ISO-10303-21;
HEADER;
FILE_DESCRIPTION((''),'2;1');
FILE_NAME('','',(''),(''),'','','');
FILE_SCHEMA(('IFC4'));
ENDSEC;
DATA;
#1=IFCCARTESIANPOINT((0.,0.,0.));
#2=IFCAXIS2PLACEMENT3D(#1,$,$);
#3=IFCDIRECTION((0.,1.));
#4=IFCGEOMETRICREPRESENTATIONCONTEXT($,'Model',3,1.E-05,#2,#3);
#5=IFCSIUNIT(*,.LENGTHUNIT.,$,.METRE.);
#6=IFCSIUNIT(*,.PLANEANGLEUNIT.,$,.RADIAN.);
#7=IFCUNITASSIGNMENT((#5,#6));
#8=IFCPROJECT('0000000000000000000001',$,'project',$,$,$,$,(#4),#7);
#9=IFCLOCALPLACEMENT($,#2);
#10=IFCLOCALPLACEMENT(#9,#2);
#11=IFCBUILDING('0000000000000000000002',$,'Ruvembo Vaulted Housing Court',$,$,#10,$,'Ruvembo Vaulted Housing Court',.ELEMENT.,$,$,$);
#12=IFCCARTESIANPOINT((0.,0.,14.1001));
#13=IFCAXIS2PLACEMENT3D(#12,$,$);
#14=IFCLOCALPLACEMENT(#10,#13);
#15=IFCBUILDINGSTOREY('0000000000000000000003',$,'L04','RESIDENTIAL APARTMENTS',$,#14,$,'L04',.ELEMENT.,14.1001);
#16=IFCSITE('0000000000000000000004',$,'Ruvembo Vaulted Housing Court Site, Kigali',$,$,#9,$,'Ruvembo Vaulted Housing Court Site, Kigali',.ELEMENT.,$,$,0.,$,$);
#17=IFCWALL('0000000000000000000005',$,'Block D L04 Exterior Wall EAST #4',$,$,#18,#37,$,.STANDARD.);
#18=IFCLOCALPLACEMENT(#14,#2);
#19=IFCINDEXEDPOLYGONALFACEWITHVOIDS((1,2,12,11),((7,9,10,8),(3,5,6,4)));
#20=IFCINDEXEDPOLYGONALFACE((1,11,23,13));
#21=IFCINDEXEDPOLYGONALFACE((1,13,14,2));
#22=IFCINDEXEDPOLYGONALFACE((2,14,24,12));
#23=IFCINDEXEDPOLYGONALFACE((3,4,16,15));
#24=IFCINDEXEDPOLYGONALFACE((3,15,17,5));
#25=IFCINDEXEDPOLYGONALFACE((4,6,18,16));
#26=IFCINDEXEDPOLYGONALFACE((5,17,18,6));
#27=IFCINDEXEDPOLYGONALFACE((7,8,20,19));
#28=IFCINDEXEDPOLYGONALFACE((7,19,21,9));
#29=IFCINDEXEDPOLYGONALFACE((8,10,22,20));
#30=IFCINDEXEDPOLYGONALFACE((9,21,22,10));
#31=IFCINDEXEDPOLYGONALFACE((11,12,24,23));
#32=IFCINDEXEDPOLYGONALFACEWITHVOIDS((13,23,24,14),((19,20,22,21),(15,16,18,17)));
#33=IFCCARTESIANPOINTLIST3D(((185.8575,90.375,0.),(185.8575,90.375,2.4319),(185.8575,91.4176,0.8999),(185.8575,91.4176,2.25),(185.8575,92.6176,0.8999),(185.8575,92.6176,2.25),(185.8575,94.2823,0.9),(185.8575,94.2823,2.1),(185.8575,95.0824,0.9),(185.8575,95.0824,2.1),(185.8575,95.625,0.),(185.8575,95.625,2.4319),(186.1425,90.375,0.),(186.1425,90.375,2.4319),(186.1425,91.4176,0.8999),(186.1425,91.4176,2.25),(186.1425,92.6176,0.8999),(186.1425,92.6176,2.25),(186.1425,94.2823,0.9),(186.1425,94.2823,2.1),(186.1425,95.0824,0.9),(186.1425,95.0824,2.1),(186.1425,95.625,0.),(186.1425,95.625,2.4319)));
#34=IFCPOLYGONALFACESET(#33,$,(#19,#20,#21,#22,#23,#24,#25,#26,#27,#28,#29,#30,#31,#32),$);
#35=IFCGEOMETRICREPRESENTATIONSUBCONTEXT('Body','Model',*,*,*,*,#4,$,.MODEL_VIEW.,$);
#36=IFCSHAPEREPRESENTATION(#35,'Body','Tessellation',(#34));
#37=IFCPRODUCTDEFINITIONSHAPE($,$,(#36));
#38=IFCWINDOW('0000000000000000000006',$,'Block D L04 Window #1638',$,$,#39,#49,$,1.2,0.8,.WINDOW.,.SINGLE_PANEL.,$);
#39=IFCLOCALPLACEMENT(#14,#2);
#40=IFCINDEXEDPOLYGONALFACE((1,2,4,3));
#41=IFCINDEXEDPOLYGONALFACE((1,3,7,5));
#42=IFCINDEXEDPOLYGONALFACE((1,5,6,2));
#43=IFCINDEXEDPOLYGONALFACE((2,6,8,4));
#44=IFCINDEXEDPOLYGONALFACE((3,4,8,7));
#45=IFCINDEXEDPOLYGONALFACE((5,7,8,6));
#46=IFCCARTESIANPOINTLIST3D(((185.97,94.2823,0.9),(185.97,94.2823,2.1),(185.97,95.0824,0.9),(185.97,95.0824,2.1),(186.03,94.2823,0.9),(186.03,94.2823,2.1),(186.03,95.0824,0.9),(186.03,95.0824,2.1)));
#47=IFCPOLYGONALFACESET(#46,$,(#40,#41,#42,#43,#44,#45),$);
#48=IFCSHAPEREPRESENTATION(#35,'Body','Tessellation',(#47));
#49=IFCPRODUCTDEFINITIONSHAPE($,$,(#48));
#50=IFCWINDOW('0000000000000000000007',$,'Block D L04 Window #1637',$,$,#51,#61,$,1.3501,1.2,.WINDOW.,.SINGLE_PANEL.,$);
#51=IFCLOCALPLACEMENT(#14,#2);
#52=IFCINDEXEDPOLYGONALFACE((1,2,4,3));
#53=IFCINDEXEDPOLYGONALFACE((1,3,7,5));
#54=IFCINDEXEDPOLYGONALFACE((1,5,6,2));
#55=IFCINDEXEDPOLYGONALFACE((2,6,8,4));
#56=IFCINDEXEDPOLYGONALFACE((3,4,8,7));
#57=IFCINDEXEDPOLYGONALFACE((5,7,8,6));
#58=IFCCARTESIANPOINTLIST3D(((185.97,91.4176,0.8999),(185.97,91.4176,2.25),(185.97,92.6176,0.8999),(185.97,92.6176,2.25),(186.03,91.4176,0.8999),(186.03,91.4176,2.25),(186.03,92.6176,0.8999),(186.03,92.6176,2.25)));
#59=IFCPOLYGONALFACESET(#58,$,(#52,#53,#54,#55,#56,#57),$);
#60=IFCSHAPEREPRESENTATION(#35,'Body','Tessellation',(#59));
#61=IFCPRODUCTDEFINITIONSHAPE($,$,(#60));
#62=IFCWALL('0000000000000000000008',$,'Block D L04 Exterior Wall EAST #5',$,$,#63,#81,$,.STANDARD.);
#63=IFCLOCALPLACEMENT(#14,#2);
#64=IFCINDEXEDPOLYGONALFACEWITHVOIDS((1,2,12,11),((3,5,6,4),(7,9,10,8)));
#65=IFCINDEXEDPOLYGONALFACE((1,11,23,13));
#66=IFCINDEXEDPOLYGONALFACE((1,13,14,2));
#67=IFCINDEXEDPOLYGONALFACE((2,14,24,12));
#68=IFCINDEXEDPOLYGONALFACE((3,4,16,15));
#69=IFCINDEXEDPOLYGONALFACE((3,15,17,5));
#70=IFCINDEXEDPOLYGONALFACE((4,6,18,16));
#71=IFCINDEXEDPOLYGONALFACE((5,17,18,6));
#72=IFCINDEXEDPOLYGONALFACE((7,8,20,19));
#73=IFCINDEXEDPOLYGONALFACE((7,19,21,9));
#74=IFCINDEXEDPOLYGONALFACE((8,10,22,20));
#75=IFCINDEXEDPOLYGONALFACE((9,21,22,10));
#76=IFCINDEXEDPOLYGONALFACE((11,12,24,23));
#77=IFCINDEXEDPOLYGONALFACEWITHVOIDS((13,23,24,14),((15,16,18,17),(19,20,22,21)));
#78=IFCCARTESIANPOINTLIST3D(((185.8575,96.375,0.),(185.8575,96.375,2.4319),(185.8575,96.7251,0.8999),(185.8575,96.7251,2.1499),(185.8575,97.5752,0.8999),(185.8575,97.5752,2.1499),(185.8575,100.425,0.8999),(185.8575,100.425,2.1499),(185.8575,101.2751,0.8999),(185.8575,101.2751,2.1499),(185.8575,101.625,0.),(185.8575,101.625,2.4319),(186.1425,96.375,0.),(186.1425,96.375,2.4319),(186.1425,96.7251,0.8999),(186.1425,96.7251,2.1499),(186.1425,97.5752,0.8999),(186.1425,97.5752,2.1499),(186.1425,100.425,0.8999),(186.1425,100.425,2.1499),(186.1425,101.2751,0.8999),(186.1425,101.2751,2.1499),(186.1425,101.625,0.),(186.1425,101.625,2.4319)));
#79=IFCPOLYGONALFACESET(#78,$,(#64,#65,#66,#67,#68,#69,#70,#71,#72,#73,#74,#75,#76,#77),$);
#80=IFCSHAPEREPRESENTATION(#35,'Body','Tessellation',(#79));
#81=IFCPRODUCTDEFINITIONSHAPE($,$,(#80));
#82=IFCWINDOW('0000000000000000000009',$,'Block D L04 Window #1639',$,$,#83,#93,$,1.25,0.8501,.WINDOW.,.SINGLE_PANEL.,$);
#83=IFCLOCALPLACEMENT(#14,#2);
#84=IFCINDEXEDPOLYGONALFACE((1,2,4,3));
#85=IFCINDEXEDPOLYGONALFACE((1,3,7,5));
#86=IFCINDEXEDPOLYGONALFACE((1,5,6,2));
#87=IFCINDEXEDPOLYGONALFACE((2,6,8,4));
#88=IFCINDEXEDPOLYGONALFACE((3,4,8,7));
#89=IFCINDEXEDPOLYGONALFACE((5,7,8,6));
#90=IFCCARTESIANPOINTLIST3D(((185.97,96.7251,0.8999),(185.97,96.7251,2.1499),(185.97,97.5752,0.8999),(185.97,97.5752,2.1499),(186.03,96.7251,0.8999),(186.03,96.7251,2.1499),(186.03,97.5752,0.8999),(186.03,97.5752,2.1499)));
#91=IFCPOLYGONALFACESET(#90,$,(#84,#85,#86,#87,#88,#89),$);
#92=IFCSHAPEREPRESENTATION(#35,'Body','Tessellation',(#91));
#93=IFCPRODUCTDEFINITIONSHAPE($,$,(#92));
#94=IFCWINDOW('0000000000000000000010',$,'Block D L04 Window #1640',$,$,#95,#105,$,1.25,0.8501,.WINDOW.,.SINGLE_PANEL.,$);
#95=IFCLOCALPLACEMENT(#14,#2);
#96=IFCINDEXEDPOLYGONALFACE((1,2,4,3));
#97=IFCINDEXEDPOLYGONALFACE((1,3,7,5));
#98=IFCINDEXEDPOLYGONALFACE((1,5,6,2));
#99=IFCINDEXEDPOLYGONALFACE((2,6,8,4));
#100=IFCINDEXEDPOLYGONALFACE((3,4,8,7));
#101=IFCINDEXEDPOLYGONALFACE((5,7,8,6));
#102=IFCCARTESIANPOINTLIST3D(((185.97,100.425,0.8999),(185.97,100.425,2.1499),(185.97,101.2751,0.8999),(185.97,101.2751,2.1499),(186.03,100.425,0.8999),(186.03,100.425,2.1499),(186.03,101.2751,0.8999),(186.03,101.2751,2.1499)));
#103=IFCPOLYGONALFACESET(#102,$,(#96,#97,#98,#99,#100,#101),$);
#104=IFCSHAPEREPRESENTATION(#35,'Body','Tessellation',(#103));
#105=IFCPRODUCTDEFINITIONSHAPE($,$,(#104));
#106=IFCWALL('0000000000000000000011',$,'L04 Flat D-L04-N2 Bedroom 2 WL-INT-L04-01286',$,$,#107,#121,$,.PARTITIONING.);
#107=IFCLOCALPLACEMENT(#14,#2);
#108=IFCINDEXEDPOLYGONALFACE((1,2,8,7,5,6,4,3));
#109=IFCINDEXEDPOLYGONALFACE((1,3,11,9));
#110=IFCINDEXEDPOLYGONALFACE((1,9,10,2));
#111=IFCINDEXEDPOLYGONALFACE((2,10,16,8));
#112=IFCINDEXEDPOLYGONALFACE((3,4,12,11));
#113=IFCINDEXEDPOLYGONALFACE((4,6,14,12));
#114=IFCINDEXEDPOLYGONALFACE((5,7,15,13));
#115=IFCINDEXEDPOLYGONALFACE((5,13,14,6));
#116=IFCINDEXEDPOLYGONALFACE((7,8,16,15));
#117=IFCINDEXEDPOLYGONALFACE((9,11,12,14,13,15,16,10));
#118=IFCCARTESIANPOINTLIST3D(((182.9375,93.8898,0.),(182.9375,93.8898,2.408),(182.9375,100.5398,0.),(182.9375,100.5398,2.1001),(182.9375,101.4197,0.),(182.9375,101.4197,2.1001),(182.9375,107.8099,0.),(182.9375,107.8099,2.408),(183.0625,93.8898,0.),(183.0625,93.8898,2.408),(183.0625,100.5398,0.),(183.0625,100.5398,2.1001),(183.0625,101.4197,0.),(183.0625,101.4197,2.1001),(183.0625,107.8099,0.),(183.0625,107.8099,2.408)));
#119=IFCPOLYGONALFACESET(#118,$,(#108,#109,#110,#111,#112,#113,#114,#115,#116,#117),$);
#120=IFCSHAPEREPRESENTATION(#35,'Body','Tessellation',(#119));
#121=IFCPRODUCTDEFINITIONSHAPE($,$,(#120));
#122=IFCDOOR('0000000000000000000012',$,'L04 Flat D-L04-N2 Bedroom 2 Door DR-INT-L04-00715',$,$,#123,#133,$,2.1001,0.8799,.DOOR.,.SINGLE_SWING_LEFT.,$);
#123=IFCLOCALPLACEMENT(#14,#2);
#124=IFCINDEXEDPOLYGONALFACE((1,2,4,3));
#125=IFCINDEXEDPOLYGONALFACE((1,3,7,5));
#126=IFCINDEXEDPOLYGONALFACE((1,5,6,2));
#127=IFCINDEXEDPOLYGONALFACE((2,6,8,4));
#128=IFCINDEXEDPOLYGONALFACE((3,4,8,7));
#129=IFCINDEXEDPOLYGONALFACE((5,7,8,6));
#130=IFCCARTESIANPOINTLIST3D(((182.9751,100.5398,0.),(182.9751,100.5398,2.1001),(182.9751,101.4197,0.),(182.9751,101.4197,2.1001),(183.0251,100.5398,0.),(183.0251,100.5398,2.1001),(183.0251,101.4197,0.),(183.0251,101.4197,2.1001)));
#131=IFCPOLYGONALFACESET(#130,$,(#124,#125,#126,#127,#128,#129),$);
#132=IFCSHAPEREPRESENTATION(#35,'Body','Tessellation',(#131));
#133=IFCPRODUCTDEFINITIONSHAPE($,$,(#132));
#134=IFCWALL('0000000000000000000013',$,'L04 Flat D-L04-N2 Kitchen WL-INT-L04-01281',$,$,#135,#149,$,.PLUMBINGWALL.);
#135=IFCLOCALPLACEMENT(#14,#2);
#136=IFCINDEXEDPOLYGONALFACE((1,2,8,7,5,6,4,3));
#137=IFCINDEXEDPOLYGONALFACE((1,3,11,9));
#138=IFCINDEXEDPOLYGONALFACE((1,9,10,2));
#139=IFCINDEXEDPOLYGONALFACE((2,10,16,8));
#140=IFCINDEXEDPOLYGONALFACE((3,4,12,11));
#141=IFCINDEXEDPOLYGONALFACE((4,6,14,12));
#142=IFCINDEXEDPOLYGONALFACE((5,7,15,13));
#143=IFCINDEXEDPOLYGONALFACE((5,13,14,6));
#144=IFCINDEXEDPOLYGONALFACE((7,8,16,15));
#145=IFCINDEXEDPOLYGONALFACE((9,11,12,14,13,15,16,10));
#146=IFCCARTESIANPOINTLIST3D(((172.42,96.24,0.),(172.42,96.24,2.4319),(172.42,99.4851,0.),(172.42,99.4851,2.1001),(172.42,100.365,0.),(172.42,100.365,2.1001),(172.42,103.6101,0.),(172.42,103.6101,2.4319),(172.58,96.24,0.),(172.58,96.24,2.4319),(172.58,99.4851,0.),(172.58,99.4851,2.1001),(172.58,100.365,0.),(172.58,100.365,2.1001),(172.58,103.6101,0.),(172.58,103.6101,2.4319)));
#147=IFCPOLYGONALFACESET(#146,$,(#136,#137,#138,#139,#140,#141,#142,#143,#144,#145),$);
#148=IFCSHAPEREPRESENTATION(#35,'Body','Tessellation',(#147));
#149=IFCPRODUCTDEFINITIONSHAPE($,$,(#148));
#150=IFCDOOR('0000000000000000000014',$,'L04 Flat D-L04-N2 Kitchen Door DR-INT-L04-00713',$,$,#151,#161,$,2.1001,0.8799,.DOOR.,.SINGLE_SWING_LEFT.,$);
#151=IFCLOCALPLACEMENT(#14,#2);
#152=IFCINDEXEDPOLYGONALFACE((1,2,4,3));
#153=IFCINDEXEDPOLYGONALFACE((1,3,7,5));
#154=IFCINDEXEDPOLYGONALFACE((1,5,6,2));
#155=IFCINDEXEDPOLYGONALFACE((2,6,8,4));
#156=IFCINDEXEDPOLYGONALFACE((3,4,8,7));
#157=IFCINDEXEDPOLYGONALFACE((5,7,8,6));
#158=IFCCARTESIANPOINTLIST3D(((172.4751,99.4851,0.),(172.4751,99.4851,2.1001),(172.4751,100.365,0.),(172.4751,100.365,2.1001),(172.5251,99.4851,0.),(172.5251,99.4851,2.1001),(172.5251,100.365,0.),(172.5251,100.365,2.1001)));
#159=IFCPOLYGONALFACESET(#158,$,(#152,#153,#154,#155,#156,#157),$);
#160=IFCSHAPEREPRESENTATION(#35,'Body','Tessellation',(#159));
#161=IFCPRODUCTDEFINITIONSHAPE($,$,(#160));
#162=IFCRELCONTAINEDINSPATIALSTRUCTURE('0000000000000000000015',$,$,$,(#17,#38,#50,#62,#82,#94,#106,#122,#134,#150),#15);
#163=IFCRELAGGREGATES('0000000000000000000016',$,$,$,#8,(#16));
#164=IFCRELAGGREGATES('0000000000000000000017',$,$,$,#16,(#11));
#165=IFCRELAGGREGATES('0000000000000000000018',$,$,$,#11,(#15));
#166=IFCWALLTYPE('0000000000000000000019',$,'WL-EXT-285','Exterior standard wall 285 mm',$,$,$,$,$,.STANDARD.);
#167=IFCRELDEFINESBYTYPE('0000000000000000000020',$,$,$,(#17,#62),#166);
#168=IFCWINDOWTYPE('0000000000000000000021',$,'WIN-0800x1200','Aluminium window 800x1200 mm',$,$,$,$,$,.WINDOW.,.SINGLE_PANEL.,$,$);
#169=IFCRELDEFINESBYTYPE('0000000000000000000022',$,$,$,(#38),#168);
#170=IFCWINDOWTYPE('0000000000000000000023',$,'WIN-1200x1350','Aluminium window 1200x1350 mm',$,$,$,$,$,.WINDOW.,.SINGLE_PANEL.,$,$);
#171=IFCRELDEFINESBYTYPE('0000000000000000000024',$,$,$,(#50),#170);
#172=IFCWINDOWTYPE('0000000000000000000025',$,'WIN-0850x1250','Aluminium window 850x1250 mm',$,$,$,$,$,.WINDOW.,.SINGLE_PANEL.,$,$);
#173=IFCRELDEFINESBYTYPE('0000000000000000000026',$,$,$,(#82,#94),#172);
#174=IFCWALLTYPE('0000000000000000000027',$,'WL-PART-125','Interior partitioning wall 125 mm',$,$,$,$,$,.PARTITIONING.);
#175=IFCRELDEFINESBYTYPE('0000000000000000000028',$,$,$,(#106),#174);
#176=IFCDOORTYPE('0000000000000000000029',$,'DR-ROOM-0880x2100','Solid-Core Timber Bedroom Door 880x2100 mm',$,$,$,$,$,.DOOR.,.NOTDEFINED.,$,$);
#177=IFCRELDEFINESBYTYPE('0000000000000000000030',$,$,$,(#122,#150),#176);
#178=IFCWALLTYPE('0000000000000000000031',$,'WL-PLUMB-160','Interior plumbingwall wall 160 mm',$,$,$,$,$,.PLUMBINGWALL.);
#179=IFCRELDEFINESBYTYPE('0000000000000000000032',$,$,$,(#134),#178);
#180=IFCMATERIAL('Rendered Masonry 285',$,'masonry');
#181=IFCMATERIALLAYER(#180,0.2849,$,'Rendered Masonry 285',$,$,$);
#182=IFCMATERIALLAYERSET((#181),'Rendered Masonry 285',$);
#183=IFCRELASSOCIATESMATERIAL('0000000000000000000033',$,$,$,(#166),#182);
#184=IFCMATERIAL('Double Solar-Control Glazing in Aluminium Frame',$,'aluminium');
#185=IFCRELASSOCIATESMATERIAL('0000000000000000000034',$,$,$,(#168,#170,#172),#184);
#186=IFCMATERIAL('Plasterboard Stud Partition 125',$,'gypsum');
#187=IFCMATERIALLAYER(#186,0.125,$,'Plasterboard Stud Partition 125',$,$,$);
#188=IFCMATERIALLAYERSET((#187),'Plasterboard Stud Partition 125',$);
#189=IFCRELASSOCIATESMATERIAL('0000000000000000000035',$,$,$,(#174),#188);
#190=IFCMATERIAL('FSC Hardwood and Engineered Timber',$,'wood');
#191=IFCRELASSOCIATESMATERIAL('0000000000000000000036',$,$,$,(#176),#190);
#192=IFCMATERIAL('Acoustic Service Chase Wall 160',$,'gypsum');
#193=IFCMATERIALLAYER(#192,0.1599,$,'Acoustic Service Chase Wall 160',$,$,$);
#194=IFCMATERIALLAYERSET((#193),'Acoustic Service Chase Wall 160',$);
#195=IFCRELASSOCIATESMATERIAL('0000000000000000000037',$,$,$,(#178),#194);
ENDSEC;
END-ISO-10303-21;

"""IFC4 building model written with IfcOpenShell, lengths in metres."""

from ifc_helpers import new_model, si_unit, direction, frame, frame_2d, origin, place, context, subcontext, project, spatial, rectangle, extrude, material, layer, layer_set, type_object, element, fill, save


model = new_model("IFC4")

# Units and contexts
model_context = context("Model", 3, precision=1e-05, world=origin(), true_north=direction((0.0, 1.0)))
body_context = subcontext(model_context, "Body", "Model", "MODEL_VIEW")
ifc_project = project(units=[si_unit("LENGTHUNIT", "METRE"), si_unit("PLANEANGLEUNIT", "RADIAN")], contexts=[model_context])

# Site, building, storey
site_placement = place(None, origin())
site = spatial("IfcSite", under=ifc_project, at=site_placement, Name="Ruvembo Vaulted Housing Court Site, Kigali", LongName="Ruvembo Vaulted Housing Court Site, Kigali", CompositionType="ELEMENT", RefElevation=0.0)
building_placement = place(site_placement, origin())
building = spatial("IfcBuilding", under=site, at=building_placement, Name="Ruvembo Vaulted Housing Court", LongName="Ruvembo Vaulted Housing Court", CompositionType="ELEMENT")
storey_placement = place(building_placement, frame((0.0, 0.0, 14.1001)))
storey = spatial("IfcBuildingStorey", under=building, at=storey_placement, Name="L04", Description="RESIDENTIAL APARTMENTS", LongName="L04", CompositionType="ELEMENT", Elevation=14.1001)

# Shared definitions
ifc_material_1 = material(Name="FSC Hardwood and Engineered Timber", Category="wood")

# Walls, openings, windows
ifc_material_2 = material(Name="Rendered Masonry 285", Category="masonry")
ifc_layer_1 = layer(ifc_material_2, 0.2849, Name="Rendered Masonry 285")
ifc_layer_set_1 = layer_set([ifc_layer_1], Name="Rendered Masonry 285")
wall_type_1 = type_object("IfcWallType", Name="WL-EXT-285", Description="Exterior standard wall 285 mm", PredefinedType="STANDARD", material=ifc_layer_set_1)
wall_1_placement = place(storey_placement, frame((186.0, 90.375, 0.0), z_axis=(0.0, 0.0, 1.0), x_axis=(0.0, 1.0, 0.0)))
wall_1 = element("IfcWall", 1, at=wall_1_placement, inside=storey, type_object=wall_type_1, Name="Block D L04 Exterior Wall EAST #4", PredefinedType="STANDARD", context=body_context, shape_type="SweptSolid", body=[
    extrude(rectangle(XDim=5.25, YDim=0.2849, at=frame_2d((2.625, 0.0))), origin(), (0.0, 0.0, 1.0), 2.4319),
])
opening_1_placement = place(wall_1_placement, frame((1.0425, 0.0, 0.8999)))
opening_1 = element("IfcOpeningElement", 2, at=opening_1_placement, cuts=wall_1, PredefinedType="OPENING", context=body_context, shape_type="SweptSolid", body=[
    extrude(rectangle(XDim=1.2, YDim=1.3501, at=frame_2d((0.6001, 0.675))), frame((0.0, 0.1523, 0.0), z_axis=(0.0, -1.0, 0.0), x_axis=(1.0, 0.0, 0.0)), (0.0, 0.0, 1.0), 0.3049),
])
opening_2_placement = place(wall_1_placement, frame((3.9075, 0.0, 0.8999)))
opening_2 = element("IfcOpeningElement", 3, at=opening_2_placement, cuts=wall_1, PredefinedType="OPENING", context=body_context, shape_type="SweptSolid", body=[
    extrude(rectangle(XDim=0.8, YDim=1.2, at=frame_2d((0.3999, 0.6001))), frame((0.0, 0.1523, 0.0), z_axis=(0.0, -1.0, 0.0), x_axis=(1.0, 0.0, 0.0)), (0.0, 0.0, 1.0), 0.3049),
])
ifc_material_3 = material(Name="Double Solar-Control Glazing in Aluminium Frame", Category="aluminium")
window_type_1 = type_object("IfcWindowType", Name="WIN-0800x1200", Description="Aluminium window 800x1200 mm", PartitioningType="SINGLE_PANEL", PredefinedType="WINDOW", material=ifc_material_3)
window_1_placement = place(opening_2_placement, origin())
window_1 = element("IfcWindow", 4, at=window_1_placement, inside=storey, type_object=window_type_1, Name="Block D L04 Window #1638", OverallHeight=1.2, OverallWidth=0.8, PartitioningType="SINGLE_PANEL", PredefinedType="WINDOW", context=body_context, shape_type="SweptSolid", body=[
    extrude(rectangle(XDim=0.8, YDim=1.2, at=frame_2d((0.3999, 0.6001))), frame((0.0, 0.03, 0.0), z_axis=(0.0, -1.0, 0.0), x_axis=(1.0, 0.0, 0.0)), (0.0, 0.0, 1.0), 0.0601),
])
fill(opening_2, window_1)
window_type_2 = type_object("IfcWindowType", Name="WIN-1200x1350", Description="Aluminium window 1200x1350 mm", PartitioningType="SINGLE_PANEL", PredefinedType="WINDOW", material=ifc_material_3)
window_2_placement = place(opening_1_placement, origin())
window_2 = element("IfcWindow", 5, at=window_2_placement, inside=storey, type_object=window_type_2, Name="Block D L04 Window #1637", OverallHeight=1.3501, OverallWidth=1.2, PartitioningType="SINGLE_PANEL", PredefinedType="WINDOW", context=body_context, shape_type="SweptSolid", body=[
    extrude(rectangle(XDim=1.2, YDim=1.3501, at=frame_2d((0.6001, 0.675))), frame((0.0, 0.03, 0.0), z_axis=(0.0, -1.0, 0.0), x_axis=(1.0, 0.0, 0.0)), (0.0, 0.0, 1.0), 0.0601),
])
fill(opening_1, window_2)
wall_2_placement = place(storey_placement, frame((186.0, 96.375, 0.0), z_axis=(0.0, 0.0, 1.0), x_axis=(0.0, 1.0, 0.0)))
wall_2 = element("IfcWall", 6, at=wall_2_placement, inside=storey, type_object=wall_type_1, Name="Block D L04 Exterior Wall EAST #5", PredefinedType="STANDARD", context=body_context, shape_type="SweptSolid", body=[
    extrude(rectangle(XDim=5.25, YDim=0.2849, at=frame_2d((2.625, 0.0))), origin(), (0.0, 0.0, 1.0), 2.4319),
])
opening_3_placement = place(wall_2_placement, frame((0.3501, 0.0, 0.8999)))
opening_3 = element("IfcOpeningElement", 7, at=opening_3_placement, cuts=wall_2, PredefinedType="OPENING", context=body_context, shape_type="SweptSolid", body=[
    extrude(rectangle(XDim=0.8501, YDim=1.25, at=frame_2d((0.425, 0.625))), frame((0.0, 0.1523, 0.0), z_axis=(0.0, -1.0, 0.0), x_axis=(1.0, 0.0, 0.0)), (0.0, 0.0, 1.0), 0.3049),
])
opening_4_placement = place(wall_2_placement, frame((4.05, 0.0, 0.8999)))
opening_4 = element("IfcOpeningElement", 8, at=opening_4_placement, cuts=wall_2, PredefinedType="OPENING", context=body_context, shape_type="SweptSolid", body=[
    extrude(rectangle(XDim=0.8501, YDim=1.25, at=frame_2d((0.425, 0.625))), frame((0.0, 0.1523, 0.0), z_axis=(0.0, -1.0, 0.0), x_axis=(1.0, 0.0, 0.0)), (0.0, 0.0, 1.0), 0.3049),
])
window_type_3 = type_object("IfcWindowType", Name="WIN-0850x1250", Description="Aluminium window 850x1250 mm", PartitioningType="SINGLE_PANEL", PredefinedType="WINDOW", material=ifc_material_3)
window_3_placement = place(opening_3_placement, origin())
window_3 = element("IfcWindow", 9, at=window_3_placement, inside=storey, type_object=window_type_3, Name="Block D L04 Window #1639", OverallHeight=1.25, OverallWidth=0.8501, PartitioningType="SINGLE_PANEL", PredefinedType="WINDOW", context=body_context, shape_type="SweptSolid", body=[
    extrude(rectangle(XDim=0.8501, YDim=1.25, at=frame_2d((0.425, 0.625))), frame((0.0, 0.03, 0.0), z_axis=(0.0, -1.0, 0.0), x_axis=(1.0, 0.0, 0.0)), (0.0, 0.0, 1.0), 0.0601),
])
fill(opening_3, window_3)
window_4_placement = place(opening_4_placement, origin())
window_4 = element("IfcWindow", 10, at=window_4_placement, inside=storey, type_object=window_type_3, Name="Block D L04 Window #1640", OverallHeight=1.25, OverallWidth=0.8501, PartitioningType="SINGLE_PANEL", PredefinedType="WINDOW", context=body_context, shape_type="SweptSolid", body=[
    extrude(rectangle(XDim=0.8501, YDim=1.25, at=frame_2d((0.425, 0.625))), frame((0.0, 0.03, 0.0), z_axis=(0.0, -1.0, 0.0), x_axis=(1.0, 0.0, 0.0)), (0.0, 0.0, 1.0), 0.0601),
])
fill(opening_4, window_4)

# Walls, openings, doors
ifc_material_4 = material(Name="Plasterboard Stud Partition 125", Category="gypsum")
ifc_layer_2 = layer(ifc_material_4, 0.125, Name="Plasterboard Stud Partition 125")
ifc_layer_set_2 = layer_set([ifc_layer_2], Name="Plasterboard Stud Partition 125")
wall_type_2 = type_object("IfcWallType", Name="WL-PART-125", Description="Interior partitioning wall 125 mm", PredefinedType="PARTITIONING", material=ifc_layer_set_2)
wall_3_placement = place(storey_placement, frame((183.0, 93.8899, 0.0), z_axis=(0.0, 0.0, 1.0), x_axis=(0.0, 1.0, 0.0)))
wall_3 = element("IfcWall", 11, at=wall_3_placement, inside=storey, type_object=wall_type_2, Name="L04 Flat D-L04-N2 Bedroom 2 WL-INT-L04-01286", PredefinedType="PARTITIONING", context=body_context, shape_type="SweptSolid", body=[
    extrude(rectangle(XDim=13.9202, YDim=0.125, at=frame_2d((6.96, 0.0))), origin(), (0.0, 0.0, 1.0), 2.408),
])
opening_5_placement = place(wall_3_placement, frame((6.6499, 0.0, 0.0)))
opening_5 = element("IfcOpeningElement", 12, at=opening_5_placement, cuts=wall_3, PredefinedType="OPENING", context=body_context, shape_type="SweptSolid", body=[
    extrude(rectangle(XDim=0.8799, YDim=2.1001, at=frame_2d((0.4399, 1.05))), frame((0.0, 0.0725, 0.0), z_axis=(0.0, -1.0, 0.0), x_axis=(1.0, 0.0, 0.0)), (0.0, 0.0, 1.0), 0.145),
])
door_type_1 = type_object("IfcDoorType", Name="DR-ROOM-0880x2100", Description="Solid-Core Timber Bedroom Door 880x2100 mm", OperationType="NOTDEFINED", PredefinedType="DOOR", material=ifc_material_1)
door_1_placement = place(opening_5_placement, origin())
door_1 = element("IfcDoor", 13, at=door_1_placement, inside=storey, type_object=door_type_1, Name="L04 Flat D-L04-N2 Bedroom 2 Door DR-INT-L04-00715", OperationType="SINGLE_SWING_LEFT", OverallHeight=2.1001, OverallWidth=0.8799, PredefinedType="DOOR", context=body_context, shape_type="SweptSolid", body=[
    extrude(rectangle(XDim=0.8799, YDim=2.1001, at=frame_2d((0.4399, 1.05))), frame((0.0, 0.0249, 0.0), z_axis=(0.0, -1.0, 0.0), x_axis=(1.0, 0.0, 0.0)), (0.0, 0.0, 1.0), 0.05),
])
fill(opening_5, door_1)
ifc_material_5 = material(Name="Acoustic Service Chase Wall 160", Category="gypsum")
ifc_layer_3 = layer(ifc_material_5, 0.1599, Name="Acoustic Service Chase Wall 160")
ifc_layer_set_3 = layer_set([ifc_layer_3], Name="Acoustic Service Chase Wall 160")
wall_type_3 = type_object("IfcWallType", Name="WL-PLUMB-160", Description="Interior plumbingwall wall 160 mm", PredefinedType="PLUMBINGWALL", material=ifc_layer_set_3)
wall_4_placement = place(storey_placement, frame((172.5, 96.24, 0.0), z_axis=(0.0, 0.0, 1.0), x_axis=(0.0, 1.0, 0.0)))
wall_4 = element("IfcWall", 14, at=wall_4_placement, inside=storey, type_object=wall_type_3, Name="L04 Flat D-L04-N2 Kitchen WL-INT-L04-01281", PredefinedType="PLUMBINGWALL", context=body_context, shape_type="SweptSolid", body=[
    extrude(rectangle(XDim=7.3701, YDim=0.1599, at=frame_2d((3.6851, 0.0))), origin(), (0.0, 0.0, 1.0), 2.4319),
])
opening_6_placement = place(wall_4_placement, frame((3.2451, 0.0, 0.0)))
opening_6 = element("IfcOpeningElement", 15, at=opening_6_placement, cuts=wall_4, PredefinedType="OPENING", context=body_context, shape_type="SweptSolid", body=[
    extrude(rectangle(XDim=0.8799, YDim=2.1001, at=frame_2d((0.4399, 1.05))), frame((0.0, 0.0898, 0.0), z_axis=(0.0, -1.0, 0.0), x_axis=(1.0, 0.0, 0.0)), (0.0, 0.0, 1.0), 0.1799),
])
door_2_placement = place(opening_6_placement, origin())
door_2 = element("IfcDoor", 16, at=door_2_placement, inside=storey, type_object=door_type_1, Name="L04 Flat D-L04-N2 Kitchen Door DR-INT-L04-00713", OperationType="SINGLE_SWING_LEFT", OverallHeight=2.1001, OverallWidth=0.8799, PredefinedType="DOOR", context=body_context, shape_type="SweptSolid", body=[
    extrude(rectangle(XDim=0.8799, YDim=2.1001, at=frame_2d((0.4399, 1.05))), frame((0.0, 0.0249, 0.0), z_axis=(0.0, -1.0, 0.0), x_axis=(1.0, 0.0, 0.0)), (0.0, 0.0, 1.0), 0.05),
])
fill(opening_6, door_2)

save(model, "model.ifc")
